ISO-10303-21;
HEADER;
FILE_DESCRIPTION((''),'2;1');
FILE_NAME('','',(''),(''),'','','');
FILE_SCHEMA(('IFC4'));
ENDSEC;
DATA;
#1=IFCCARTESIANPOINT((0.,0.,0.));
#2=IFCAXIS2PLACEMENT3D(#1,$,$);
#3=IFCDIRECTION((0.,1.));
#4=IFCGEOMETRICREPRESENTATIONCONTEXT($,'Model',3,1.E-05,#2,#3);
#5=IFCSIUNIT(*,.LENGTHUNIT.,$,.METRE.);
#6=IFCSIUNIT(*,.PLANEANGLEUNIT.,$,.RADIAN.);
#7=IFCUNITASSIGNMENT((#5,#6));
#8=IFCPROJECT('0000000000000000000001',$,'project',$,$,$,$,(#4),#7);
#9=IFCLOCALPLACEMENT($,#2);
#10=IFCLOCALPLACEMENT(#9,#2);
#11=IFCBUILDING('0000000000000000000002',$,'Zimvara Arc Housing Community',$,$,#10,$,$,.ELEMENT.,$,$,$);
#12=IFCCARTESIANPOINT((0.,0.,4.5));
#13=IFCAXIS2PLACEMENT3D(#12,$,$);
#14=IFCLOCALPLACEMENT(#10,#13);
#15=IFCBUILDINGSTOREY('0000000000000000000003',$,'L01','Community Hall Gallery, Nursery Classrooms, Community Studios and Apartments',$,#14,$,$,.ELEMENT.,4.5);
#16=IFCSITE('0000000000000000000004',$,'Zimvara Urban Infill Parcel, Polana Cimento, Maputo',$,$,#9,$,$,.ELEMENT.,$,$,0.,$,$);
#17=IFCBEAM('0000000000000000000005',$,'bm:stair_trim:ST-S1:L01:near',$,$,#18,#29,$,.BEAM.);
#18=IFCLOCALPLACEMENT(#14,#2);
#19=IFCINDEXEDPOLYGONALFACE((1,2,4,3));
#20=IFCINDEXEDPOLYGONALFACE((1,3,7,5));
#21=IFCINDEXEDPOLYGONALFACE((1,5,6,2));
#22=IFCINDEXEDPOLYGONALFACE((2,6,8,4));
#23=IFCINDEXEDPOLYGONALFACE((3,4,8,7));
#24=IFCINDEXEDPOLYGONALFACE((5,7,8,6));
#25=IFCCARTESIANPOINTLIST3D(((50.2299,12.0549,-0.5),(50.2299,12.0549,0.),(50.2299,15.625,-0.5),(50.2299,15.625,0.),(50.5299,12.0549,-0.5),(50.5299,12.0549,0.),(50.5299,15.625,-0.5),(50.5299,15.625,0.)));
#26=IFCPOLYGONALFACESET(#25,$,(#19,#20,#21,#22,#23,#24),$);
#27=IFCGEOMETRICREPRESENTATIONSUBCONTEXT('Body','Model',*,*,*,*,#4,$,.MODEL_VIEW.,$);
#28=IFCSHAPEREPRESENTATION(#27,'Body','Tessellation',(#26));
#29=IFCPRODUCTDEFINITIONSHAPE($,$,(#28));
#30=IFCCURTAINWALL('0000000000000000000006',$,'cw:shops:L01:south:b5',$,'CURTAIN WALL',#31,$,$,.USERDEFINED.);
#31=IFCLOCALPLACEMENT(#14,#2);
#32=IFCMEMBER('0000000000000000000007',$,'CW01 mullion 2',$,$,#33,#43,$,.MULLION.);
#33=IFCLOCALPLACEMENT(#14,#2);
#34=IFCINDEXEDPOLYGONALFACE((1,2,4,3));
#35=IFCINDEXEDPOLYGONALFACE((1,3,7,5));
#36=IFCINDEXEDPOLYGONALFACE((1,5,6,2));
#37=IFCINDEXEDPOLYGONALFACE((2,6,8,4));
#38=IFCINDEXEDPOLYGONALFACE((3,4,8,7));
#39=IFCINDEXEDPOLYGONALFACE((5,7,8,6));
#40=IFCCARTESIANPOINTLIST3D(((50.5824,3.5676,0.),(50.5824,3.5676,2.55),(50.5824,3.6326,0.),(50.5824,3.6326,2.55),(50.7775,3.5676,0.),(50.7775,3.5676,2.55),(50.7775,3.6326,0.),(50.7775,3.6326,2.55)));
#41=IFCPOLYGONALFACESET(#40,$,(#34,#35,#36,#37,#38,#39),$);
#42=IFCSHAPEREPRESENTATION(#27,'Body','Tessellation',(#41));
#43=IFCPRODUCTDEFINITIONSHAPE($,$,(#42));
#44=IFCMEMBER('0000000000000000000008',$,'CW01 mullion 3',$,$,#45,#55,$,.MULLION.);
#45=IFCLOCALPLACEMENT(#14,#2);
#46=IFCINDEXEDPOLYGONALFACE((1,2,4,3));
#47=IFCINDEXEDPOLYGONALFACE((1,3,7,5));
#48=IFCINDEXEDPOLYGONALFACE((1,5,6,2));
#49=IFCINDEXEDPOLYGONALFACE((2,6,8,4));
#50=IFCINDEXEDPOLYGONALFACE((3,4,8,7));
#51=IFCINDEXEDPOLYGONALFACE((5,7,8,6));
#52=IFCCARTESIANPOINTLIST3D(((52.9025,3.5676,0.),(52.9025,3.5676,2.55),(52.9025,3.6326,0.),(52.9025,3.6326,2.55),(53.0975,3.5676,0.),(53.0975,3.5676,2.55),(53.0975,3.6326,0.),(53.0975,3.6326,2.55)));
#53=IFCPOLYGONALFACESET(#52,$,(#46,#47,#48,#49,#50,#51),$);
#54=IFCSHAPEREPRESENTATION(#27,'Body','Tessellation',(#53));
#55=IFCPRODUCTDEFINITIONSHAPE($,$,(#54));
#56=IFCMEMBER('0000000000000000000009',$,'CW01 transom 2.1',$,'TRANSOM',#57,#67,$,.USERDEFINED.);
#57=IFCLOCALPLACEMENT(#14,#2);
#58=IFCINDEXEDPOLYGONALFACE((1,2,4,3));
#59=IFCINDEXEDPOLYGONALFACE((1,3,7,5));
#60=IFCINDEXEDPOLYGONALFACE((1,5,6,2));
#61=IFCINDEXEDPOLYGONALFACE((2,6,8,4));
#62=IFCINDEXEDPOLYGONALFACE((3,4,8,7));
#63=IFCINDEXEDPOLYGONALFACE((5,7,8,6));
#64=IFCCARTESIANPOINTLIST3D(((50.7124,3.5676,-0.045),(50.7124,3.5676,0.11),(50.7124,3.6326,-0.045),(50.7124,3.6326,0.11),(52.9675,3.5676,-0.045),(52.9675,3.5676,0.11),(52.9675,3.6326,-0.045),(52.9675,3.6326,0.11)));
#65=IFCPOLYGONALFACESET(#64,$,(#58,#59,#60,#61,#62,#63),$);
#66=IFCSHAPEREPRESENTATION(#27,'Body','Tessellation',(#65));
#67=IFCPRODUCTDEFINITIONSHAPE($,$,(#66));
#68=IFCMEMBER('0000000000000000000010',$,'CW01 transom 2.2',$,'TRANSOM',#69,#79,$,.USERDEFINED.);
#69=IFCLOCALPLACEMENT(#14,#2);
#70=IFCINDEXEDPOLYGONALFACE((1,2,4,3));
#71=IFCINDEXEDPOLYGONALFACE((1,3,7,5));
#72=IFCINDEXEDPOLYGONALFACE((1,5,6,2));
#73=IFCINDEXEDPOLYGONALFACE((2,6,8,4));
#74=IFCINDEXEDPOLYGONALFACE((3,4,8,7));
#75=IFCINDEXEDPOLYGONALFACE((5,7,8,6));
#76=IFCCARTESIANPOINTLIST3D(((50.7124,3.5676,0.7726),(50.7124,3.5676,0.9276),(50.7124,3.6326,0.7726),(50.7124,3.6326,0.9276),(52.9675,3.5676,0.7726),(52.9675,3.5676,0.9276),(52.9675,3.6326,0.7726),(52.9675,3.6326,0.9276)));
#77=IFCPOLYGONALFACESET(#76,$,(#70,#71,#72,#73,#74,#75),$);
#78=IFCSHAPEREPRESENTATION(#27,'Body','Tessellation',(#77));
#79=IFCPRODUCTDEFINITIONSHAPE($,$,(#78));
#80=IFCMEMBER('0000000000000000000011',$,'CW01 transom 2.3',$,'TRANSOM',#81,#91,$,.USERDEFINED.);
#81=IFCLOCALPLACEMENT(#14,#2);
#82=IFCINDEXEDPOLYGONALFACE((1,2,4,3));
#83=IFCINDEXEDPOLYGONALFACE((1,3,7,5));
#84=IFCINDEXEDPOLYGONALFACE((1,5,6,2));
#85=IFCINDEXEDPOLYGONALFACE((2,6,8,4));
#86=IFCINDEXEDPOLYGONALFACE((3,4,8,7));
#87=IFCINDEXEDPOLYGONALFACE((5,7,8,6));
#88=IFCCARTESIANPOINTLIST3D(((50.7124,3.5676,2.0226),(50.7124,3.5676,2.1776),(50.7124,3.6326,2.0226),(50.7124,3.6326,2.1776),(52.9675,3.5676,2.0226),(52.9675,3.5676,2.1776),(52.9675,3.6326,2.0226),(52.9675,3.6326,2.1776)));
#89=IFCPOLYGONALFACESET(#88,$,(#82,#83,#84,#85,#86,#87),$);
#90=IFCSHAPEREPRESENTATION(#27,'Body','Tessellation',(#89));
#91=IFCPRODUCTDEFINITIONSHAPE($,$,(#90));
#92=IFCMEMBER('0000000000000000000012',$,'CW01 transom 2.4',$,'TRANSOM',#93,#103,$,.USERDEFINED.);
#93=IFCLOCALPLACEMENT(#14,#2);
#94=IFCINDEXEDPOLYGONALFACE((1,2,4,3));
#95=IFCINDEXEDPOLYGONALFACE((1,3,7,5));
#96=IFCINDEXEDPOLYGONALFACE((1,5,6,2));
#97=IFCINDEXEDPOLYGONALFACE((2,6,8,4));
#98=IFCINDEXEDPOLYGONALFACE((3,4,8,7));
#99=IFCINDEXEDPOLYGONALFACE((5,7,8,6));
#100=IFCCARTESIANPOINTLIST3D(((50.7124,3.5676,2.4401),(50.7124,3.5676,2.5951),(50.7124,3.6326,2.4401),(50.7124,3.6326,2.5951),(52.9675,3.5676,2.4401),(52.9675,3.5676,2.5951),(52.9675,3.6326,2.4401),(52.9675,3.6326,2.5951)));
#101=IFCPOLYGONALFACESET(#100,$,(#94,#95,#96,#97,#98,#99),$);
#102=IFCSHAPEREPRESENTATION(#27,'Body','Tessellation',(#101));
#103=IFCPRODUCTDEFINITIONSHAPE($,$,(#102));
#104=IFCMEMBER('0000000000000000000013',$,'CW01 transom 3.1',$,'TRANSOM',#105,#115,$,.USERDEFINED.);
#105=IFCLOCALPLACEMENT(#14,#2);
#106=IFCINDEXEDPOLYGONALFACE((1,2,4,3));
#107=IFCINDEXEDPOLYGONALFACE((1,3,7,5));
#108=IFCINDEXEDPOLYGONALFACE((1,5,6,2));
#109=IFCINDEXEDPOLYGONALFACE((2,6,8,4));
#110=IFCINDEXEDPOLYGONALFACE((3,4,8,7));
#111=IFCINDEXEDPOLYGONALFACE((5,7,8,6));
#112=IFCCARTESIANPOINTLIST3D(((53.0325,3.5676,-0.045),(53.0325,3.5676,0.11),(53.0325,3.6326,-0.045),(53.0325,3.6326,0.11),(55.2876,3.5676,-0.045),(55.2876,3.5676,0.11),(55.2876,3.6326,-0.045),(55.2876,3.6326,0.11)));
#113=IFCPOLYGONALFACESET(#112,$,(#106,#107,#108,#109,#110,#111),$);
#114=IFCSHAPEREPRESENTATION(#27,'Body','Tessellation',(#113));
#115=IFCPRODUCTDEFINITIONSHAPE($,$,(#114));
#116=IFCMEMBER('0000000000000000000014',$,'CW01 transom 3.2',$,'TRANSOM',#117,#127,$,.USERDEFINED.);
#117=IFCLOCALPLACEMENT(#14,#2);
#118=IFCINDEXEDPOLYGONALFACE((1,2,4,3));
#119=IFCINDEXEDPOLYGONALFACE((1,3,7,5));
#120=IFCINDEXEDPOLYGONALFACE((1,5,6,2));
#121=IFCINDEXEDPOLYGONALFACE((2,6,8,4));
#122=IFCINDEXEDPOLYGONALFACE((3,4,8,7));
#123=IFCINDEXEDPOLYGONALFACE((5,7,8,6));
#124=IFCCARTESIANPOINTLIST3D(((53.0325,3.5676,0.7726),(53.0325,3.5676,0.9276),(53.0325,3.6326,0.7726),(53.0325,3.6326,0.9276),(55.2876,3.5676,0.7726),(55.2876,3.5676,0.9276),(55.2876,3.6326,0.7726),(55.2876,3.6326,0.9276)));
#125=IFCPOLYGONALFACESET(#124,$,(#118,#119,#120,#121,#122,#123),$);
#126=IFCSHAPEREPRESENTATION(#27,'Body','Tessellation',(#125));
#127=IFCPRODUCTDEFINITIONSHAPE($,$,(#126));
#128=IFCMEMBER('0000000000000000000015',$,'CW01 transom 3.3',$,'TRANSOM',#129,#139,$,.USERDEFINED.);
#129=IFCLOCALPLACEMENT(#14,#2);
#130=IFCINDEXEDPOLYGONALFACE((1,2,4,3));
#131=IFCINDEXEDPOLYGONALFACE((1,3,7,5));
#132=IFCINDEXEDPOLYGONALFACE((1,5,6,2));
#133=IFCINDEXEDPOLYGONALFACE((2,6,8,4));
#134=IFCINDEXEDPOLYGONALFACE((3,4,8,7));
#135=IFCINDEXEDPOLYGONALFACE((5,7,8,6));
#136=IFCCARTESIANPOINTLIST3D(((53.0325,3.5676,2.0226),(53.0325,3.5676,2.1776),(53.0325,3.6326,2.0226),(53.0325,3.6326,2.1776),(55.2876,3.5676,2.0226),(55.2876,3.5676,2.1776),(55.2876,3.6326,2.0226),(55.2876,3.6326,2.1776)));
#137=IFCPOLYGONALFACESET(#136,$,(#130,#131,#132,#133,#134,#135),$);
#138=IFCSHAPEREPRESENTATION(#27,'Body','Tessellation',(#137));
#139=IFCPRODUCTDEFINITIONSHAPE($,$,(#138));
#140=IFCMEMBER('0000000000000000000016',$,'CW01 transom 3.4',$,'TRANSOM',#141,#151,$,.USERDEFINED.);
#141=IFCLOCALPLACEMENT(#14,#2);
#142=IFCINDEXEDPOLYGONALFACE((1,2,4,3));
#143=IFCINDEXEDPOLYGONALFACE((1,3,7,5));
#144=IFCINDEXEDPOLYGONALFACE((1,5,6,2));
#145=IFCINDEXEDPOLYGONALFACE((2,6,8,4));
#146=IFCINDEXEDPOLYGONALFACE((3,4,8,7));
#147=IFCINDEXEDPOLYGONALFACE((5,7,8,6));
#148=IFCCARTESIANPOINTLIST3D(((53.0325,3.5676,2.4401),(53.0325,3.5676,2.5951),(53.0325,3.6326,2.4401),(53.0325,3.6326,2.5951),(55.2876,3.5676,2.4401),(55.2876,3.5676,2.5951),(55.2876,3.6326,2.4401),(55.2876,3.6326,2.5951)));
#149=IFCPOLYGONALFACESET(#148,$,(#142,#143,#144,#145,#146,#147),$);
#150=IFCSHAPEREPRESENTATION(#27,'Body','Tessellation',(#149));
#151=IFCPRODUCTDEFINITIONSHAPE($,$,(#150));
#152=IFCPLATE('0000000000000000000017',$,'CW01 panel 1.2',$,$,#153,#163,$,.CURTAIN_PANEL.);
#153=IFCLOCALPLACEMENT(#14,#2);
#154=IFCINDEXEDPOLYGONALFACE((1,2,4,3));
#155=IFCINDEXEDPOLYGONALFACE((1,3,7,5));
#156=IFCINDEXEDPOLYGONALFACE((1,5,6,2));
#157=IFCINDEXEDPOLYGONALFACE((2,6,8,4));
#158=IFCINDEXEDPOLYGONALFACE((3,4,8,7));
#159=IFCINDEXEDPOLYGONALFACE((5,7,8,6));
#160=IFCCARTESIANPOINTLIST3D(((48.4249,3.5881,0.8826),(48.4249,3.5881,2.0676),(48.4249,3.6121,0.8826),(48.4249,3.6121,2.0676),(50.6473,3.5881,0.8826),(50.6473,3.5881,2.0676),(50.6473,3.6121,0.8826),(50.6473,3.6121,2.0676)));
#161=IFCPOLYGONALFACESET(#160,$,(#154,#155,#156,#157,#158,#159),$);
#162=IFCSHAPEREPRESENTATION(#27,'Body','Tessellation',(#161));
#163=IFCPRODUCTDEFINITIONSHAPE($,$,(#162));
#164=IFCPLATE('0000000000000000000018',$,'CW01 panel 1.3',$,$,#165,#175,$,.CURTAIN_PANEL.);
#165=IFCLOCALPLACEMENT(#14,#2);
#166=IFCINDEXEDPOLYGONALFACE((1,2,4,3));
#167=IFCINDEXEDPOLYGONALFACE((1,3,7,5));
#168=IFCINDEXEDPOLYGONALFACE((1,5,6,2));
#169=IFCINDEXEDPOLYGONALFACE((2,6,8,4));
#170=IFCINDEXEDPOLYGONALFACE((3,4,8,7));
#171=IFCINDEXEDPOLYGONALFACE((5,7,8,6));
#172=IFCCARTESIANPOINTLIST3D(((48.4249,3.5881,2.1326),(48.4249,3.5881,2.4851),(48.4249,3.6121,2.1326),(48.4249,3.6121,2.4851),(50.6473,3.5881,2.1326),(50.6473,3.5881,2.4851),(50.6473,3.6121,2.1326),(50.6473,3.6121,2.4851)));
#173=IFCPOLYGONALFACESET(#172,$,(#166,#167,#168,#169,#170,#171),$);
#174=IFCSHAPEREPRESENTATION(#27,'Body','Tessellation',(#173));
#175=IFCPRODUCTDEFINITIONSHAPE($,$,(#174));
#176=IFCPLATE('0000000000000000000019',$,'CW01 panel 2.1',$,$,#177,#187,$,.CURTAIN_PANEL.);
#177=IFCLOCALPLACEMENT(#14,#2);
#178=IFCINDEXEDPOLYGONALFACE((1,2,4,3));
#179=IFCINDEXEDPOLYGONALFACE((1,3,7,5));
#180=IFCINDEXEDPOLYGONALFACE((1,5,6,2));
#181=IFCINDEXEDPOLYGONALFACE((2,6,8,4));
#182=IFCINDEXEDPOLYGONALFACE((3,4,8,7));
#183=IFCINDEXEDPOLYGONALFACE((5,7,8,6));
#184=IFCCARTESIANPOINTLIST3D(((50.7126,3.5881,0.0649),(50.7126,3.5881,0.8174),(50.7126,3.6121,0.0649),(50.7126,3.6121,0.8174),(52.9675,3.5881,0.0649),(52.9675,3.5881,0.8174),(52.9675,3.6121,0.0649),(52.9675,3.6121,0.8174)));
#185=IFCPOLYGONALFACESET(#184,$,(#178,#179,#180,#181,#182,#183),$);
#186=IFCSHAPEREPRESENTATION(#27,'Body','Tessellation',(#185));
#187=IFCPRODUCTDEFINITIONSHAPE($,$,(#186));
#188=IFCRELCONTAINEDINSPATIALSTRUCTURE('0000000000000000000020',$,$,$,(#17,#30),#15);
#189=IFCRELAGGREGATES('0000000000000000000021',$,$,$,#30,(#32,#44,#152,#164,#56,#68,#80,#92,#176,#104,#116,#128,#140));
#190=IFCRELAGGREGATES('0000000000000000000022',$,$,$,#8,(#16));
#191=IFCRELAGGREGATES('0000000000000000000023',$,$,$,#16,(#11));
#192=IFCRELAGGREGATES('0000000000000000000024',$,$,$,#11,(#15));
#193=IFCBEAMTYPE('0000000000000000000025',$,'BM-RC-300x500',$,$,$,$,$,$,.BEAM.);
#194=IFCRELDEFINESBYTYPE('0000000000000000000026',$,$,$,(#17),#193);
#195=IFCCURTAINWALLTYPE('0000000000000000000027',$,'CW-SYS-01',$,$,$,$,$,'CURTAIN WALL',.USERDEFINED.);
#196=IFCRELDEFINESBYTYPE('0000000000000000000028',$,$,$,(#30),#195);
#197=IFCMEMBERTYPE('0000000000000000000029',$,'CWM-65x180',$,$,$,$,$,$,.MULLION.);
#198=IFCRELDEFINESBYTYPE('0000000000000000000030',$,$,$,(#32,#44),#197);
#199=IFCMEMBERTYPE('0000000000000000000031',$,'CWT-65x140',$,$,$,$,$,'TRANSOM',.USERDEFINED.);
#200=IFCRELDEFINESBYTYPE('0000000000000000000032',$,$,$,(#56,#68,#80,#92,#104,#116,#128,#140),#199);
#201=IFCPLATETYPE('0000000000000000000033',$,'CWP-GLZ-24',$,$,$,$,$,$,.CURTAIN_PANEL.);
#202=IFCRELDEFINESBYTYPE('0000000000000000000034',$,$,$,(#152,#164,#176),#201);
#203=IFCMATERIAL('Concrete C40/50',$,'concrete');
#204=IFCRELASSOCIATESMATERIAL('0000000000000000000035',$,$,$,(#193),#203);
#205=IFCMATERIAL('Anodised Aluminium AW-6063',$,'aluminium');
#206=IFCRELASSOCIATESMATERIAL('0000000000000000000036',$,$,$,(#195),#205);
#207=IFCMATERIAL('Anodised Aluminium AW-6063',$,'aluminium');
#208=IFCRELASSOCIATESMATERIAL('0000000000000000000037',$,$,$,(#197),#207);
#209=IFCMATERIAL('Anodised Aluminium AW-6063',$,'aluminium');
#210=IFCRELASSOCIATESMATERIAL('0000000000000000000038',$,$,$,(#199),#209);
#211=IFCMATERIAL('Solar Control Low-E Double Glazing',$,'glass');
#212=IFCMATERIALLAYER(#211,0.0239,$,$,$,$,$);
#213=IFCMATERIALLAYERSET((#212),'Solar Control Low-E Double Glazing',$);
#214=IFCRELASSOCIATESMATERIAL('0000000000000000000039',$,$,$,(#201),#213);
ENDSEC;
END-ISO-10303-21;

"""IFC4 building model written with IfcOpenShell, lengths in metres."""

from ifc_helpers import new_model, si_unit, direction, frame, origin, origin_2d, place, context, subcontext, project, spatial, rectangle, extrude, material, layer, layer_set, material_profile, profile_set, type_object, element, aggregate, save


model = new_model("IFC4")

# Units and contexts
model_context = context("Model", 3, precision=1e-05, world=origin(), true_north=direction((0.0, 1.0)))
body_context = subcontext(model_context, "Body", "Model", "MODEL_VIEW")
ifc_project = project(units=[si_unit("LENGTHUNIT", "METRE"), si_unit("PLANEANGLEUNIT", "RADIAN")], contexts=[model_context])

# Site, building, storey
site_placement = place(None, origin())
site = spatial("IfcSite", under=ifc_project, at=site_placement, Name="Zimvara Urban Infill Parcel, Polana Cimento, Maputo", CompositionType="ELEMENT", RefElevation=0.0)
building_placement = place(site_placement, origin())
building = spatial("IfcBuilding", under=site, at=building_placement, Name="Zimvara Arc Housing Community", CompositionType="ELEMENT")
storey_placement = place(building_placement, frame((0.0, 0.0, 4.5)))
storey = spatial("IfcBuildingStorey", under=building, at=storey_placement, Name="L01", Description="Community Hall Gallery, Nursery Classrooms, Community Studios and Apartments", CompositionType="ELEMENT", Elevation=4.5)

# Beam
ifc_material_1 = material(Name="Concrete C40/50", Category="concrete")
ifc_material_profile_1 = material_profile(ifc_material_1, rectangle(XDim=0.3, YDim=0.5, at=origin_2d()), Name="RC 300x500")
ifc_profile_set_1 = profile_set([ifc_material_profile_1], Name="Concrete C40/50")
beam_type = type_object("IfcBeamType", Name="BM-RC-300x500", PredefinedType="BEAM", material=ifc_profile_set_1)
beam_placement = place(storey_placement, frame((50.3799, 12.0549, -0.25), z_axis=(0.0, 1.0, 0.0), x_axis=(-1.0, 0.0, 0.0)))
element("IfcBeam", 1, at=beam_placement, inside=storey, type_object=beam_type, Name="bm:stair_trim:ST-S1:L01:near", PredefinedType="BEAM", context=body_context, shape_type="SweptSolid", body=[
    extrude(rectangle(XDim=0.3, YDim=0.5, at=origin_2d()), origin(), (0.0, 0.0, 1.0), 3.5701),
])

# Curtain wall, members, plates
ifc_material_2 = material(Name="Anodised Aluminium AW-6063", Category="aluminium")
curtain_wall_type = type_object("IfcCurtainWallType", Name="CW-SYS-01", ElementType="CURTAIN WALL", PredefinedType="USERDEFINED", material=ifc_material_2)
curtain_wall_placement = place(storey_placement, origin())
curtain_wall = element("IfcCurtainWall", 2, at=curtain_wall_placement, inside=storey, type_object=curtain_wall_type, Name="cw:shops:L01:south:b5", ObjectType="CURTAIN WALL", PredefinedType="USERDEFINED")
ifc_material_3 = material(Name="Anodised Aluminium AW-6063", Category="aluminium")
ifc_material_profile_2 = material_profile(ifc_material_3, rectangle(XDim=0.0649, YDim=0.1951, at=origin_2d()), Name="ALU 65x195")
ifc_profile_set_2 = profile_set([ifc_material_profile_2], Name="Anodised Aluminium AW-6063")
member_type_1 = type_object("IfcMemberType", Name="CWM-65x180", PredefinedType="MULLION", material=ifc_profile_set_2)
member_1_placement = place(storey_placement, frame((50.6799, 3.6001, 0.0), z_axis=(0.0, 0.0, 1.0), x_axis=(0.0, 1.0, 0.0)))
member_1 = element("IfcMember", 3, at=member_1_placement, type_object=member_type_1, Name="CW01 mullion 2", PredefinedType="MULLION", context=body_context, shape_type="SweptSolid", body=[
    extrude(rectangle(XDim=0.0649, YDim=0.1951, at=origin_2d()), origin(), (0.0, 0.0, 1.0), 2.55),
])
member_2_placement = place(storey_placement, frame((53.0, 3.6001, 0.0), z_axis=(0.0, 0.0, 1.0), x_axis=(0.0, 1.0, 0.0)))
member_2 = element("IfcMember", 4, at=member_2_placement, type_object=member_type_1, Name="CW01 mullion 3", PredefinedType="MULLION", context=body_context, shape_type="SweptSolid", body=[
    extrude(rectangle(XDim=0.0649, YDim=0.1951, at=origin_2d()), origin(), (0.0, 0.0, 1.0), 2.55),
])
ifc_material_4 = material(Name="Anodised Aluminium AW-6063", Category="aluminium")
ifc_material_profile_3 = material_profile(ifc_material_4, rectangle(XDim=0.0649, YDim=0.155, at=origin_2d()), Name="ALU 65x155")
ifc_profile_set_3 = profile_set([ifc_material_profile_3], Name="Anodised Aluminium AW-6063")
member_type_2 = type_object("IfcMemberType", Name="CWT-65x140", ElementType="TRANSOM", PredefinedType="USERDEFINED", material=ifc_profile_set_3)
member_3_placement = place(storey_placement, frame((50.7124, 3.6001, 0.0325), z_axis=(1.0, 0.0, 0.0), x_axis=(0.0, 1.0, 0.0)))
member_3 = element("IfcMember", 5, at=member_3_placement, type_object=member_type_2, Name="CW01 transom 2.1", ObjectType="TRANSOM", PredefinedType="USERDEFINED", context=body_context, shape_type="SweptSolid", body=[
    extrude(rectangle(XDim=0.0649, YDim=0.155, at=origin_2d()), origin(), (0.0, 0.0, 1.0), 2.2551),
])
member_4_placement = place(storey_placement, frame((50.7124, 3.6001, 0.8501), z_axis=(1.0, 0.0, 0.0), x_axis=(0.0, 1.0, 0.0)))
member_4 = element("IfcMember", 6, at=member_4_placement, type_object=member_type_2, Name="CW01 transom 2.2", ObjectType="TRANSOM", PredefinedType="USERDEFINED", context=body_context, shape_type="SweptSolid", body=[
    extrude(rectangle(XDim=0.0649, YDim=0.155, at=origin_2d()), origin(), (0.0, 0.0, 1.0), 2.2551),
])
member_5_placement = place(storey_placement, frame((50.7124, 3.6001, 2.1001), z_axis=(1.0, 0.0, 0.0), x_axis=(0.0, 1.0, 0.0)))
member_5 = element("IfcMember", 7, at=member_5_placement, type_object=member_type_2, Name="CW01 transom 2.3", ObjectType="TRANSOM", PredefinedType="USERDEFINED", context=body_context, shape_type="SweptSolid", body=[
    extrude(rectangle(XDim=0.0649, YDim=0.155, at=origin_2d()), origin(), (0.0, 0.0, 1.0), 2.2551),
])
member_6_placement = place(storey_placement, frame((50.7124, 3.6001, 2.5176), z_axis=(1.0, 0.0, 0.0), x_axis=(0.0, 1.0, 0.0)))
member_6 = element("IfcMember", 8, at=member_6_placement, type_object=member_type_2, Name="CW01 transom 2.4", ObjectType="TRANSOM", PredefinedType="USERDEFINED", context=body_context, shape_type="SweptSolid", body=[
    extrude(rectangle(XDim=0.0649, YDim=0.155, at=origin_2d()), origin(), (0.0, 0.0, 1.0), 2.2551),
])
member_7_placement = place(storey_placement, frame((53.0325, 3.6001, 0.0325), z_axis=(1.0, 0.0, 0.0), x_axis=(0.0, 1.0, 0.0)))
member_7 = element("IfcMember", 9, at=member_7_placement, type_object=member_type_2, Name="CW01 transom 3.1", ObjectType="TRANSOM", PredefinedType="USERDEFINED", context=body_context, shape_type="SweptSolid", body=[
    extrude(rectangle(XDim=0.0649, YDim=0.155, at=origin_2d()), origin(), (0.0, 0.0, 1.0), 2.2551),
])
member_8_placement = place(storey_placement, frame((53.0325, 3.6001, 0.8501), z_axis=(1.0, 0.0, 0.0), x_axis=(0.0, 1.0, 0.0)))
member_8 = element("IfcMember", 10, at=member_8_placement, type_object=member_type_2, Name="CW01 transom 3.2", ObjectType="TRANSOM", PredefinedType="USERDEFINED", context=body_context, shape_type="SweptSolid", body=[
    extrude(rectangle(XDim=0.0649, YDim=0.155, at=origin_2d()), origin(), (0.0, 0.0, 1.0), 2.2551),
])
member_9_placement = place(storey_placement, frame((53.0325, 3.6001, 2.1001), z_axis=(1.0, 0.0, 0.0), x_axis=(0.0, 1.0, 0.0)))
member_9 = element("IfcMember", 11, at=member_9_placement, type_object=member_type_2, Name="CW01 transom 3.3", ObjectType="TRANSOM", PredefinedType="USERDEFINED", context=body_context, shape_type="SweptSolid", body=[
    extrude(rectangle(XDim=0.0649, YDim=0.155, at=origin_2d()), origin(), (0.0, 0.0, 1.0), 2.2551),
])
member_10_placement = place(storey_placement, frame((53.0325, 3.6001, 2.5176), z_axis=(1.0, 0.0, 0.0), x_axis=(0.0, 1.0, 0.0)))
member_10 = element("IfcMember", 12, at=member_10_placement, type_object=member_type_2, Name="CW01 transom 3.4", ObjectType="TRANSOM", PredefinedType="USERDEFINED", context=body_context, shape_type="SweptSolid", body=[
    extrude(rectangle(XDim=0.0649, YDim=0.155, at=origin_2d()), origin(), (0.0, 0.0, 1.0), 2.2551),
])
ifc_material_5 = material(Name="Solar Control Low-E Double Glazing", Category="glass")
ifc_layer_1 = layer(ifc_material_5, 0.0239)
ifc_layer_set_1 = layer_set([ifc_layer_1], Name="Solar Control Low-E Double Glazing")
plate_type = type_object("IfcPlateType", Name="CWP-GLZ-24", PredefinedType="CURTAIN_PANEL", material=ifc_layer_set_1)
plate_1_placement = place(storey_placement, frame((49.5361, 3.6001, 0.8826), z_axis=(0.0, 0.0, 1.0), x_axis=(1.0, 0.0, 0.0)))
plate_1 = element("IfcPlate", 13, at=plate_1_placement, type_object=plate_type, Name="CW01 panel 1.2", PredefinedType="CURTAIN_PANEL", context=body_context, shape_type="SweptSolid", body=[
    extrude(rectangle(XDim=2.2224, YDim=0.0239, at=origin_2d()), origin(), (0.0, 0.0, 1.0), 1.1851),
])
plate_2_placement = place(storey_placement, frame((49.5361, 3.6001, 2.1326), z_axis=(0.0, 0.0, 1.0), x_axis=(1.0, 0.0, 0.0)))
plate_2 = element("IfcPlate", 14, at=plate_2_placement, type_object=plate_type, Name="CW01 panel 1.3", PredefinedType="CURTAIN_PANEL", context=body_context, shape_type="SweptSolid", body=[
    extrude(rectangle(XDim=2.2224, YDim=0.0239, at=origin_2d()), origin(), (0.0, 0.0, 1.0), 0.3525),
])
plate_3_placement = place(storey_placement, frame((51.8401, 3.6001, 0.0649), z_axis=(0.0, 0.0, 1.0), x_axis=(1.0, 0.0, 0.0)))
plate_3 = element("IfcPlate", 15, at=plate_3_placement, type_object=plate_type, Name="CW01 panel 2.1", PredefinedType="CURTAIN_PANEL", context=body_context, shape_type="SweptSolid", body=[
    extrude(rectangle(XDim=2.2549, YDim=0.0239, at=origin_2d()), origin(), (0.0, 0.0, 1.0), 0.7524),
])
aggregate(curtain_wall, [member_1, member_2, plate_1, plate_2, member_3, member_4, member_5, member_6, plate_3, member_7, member_8, member_9, member_10])

save(model, "model.ifc")
